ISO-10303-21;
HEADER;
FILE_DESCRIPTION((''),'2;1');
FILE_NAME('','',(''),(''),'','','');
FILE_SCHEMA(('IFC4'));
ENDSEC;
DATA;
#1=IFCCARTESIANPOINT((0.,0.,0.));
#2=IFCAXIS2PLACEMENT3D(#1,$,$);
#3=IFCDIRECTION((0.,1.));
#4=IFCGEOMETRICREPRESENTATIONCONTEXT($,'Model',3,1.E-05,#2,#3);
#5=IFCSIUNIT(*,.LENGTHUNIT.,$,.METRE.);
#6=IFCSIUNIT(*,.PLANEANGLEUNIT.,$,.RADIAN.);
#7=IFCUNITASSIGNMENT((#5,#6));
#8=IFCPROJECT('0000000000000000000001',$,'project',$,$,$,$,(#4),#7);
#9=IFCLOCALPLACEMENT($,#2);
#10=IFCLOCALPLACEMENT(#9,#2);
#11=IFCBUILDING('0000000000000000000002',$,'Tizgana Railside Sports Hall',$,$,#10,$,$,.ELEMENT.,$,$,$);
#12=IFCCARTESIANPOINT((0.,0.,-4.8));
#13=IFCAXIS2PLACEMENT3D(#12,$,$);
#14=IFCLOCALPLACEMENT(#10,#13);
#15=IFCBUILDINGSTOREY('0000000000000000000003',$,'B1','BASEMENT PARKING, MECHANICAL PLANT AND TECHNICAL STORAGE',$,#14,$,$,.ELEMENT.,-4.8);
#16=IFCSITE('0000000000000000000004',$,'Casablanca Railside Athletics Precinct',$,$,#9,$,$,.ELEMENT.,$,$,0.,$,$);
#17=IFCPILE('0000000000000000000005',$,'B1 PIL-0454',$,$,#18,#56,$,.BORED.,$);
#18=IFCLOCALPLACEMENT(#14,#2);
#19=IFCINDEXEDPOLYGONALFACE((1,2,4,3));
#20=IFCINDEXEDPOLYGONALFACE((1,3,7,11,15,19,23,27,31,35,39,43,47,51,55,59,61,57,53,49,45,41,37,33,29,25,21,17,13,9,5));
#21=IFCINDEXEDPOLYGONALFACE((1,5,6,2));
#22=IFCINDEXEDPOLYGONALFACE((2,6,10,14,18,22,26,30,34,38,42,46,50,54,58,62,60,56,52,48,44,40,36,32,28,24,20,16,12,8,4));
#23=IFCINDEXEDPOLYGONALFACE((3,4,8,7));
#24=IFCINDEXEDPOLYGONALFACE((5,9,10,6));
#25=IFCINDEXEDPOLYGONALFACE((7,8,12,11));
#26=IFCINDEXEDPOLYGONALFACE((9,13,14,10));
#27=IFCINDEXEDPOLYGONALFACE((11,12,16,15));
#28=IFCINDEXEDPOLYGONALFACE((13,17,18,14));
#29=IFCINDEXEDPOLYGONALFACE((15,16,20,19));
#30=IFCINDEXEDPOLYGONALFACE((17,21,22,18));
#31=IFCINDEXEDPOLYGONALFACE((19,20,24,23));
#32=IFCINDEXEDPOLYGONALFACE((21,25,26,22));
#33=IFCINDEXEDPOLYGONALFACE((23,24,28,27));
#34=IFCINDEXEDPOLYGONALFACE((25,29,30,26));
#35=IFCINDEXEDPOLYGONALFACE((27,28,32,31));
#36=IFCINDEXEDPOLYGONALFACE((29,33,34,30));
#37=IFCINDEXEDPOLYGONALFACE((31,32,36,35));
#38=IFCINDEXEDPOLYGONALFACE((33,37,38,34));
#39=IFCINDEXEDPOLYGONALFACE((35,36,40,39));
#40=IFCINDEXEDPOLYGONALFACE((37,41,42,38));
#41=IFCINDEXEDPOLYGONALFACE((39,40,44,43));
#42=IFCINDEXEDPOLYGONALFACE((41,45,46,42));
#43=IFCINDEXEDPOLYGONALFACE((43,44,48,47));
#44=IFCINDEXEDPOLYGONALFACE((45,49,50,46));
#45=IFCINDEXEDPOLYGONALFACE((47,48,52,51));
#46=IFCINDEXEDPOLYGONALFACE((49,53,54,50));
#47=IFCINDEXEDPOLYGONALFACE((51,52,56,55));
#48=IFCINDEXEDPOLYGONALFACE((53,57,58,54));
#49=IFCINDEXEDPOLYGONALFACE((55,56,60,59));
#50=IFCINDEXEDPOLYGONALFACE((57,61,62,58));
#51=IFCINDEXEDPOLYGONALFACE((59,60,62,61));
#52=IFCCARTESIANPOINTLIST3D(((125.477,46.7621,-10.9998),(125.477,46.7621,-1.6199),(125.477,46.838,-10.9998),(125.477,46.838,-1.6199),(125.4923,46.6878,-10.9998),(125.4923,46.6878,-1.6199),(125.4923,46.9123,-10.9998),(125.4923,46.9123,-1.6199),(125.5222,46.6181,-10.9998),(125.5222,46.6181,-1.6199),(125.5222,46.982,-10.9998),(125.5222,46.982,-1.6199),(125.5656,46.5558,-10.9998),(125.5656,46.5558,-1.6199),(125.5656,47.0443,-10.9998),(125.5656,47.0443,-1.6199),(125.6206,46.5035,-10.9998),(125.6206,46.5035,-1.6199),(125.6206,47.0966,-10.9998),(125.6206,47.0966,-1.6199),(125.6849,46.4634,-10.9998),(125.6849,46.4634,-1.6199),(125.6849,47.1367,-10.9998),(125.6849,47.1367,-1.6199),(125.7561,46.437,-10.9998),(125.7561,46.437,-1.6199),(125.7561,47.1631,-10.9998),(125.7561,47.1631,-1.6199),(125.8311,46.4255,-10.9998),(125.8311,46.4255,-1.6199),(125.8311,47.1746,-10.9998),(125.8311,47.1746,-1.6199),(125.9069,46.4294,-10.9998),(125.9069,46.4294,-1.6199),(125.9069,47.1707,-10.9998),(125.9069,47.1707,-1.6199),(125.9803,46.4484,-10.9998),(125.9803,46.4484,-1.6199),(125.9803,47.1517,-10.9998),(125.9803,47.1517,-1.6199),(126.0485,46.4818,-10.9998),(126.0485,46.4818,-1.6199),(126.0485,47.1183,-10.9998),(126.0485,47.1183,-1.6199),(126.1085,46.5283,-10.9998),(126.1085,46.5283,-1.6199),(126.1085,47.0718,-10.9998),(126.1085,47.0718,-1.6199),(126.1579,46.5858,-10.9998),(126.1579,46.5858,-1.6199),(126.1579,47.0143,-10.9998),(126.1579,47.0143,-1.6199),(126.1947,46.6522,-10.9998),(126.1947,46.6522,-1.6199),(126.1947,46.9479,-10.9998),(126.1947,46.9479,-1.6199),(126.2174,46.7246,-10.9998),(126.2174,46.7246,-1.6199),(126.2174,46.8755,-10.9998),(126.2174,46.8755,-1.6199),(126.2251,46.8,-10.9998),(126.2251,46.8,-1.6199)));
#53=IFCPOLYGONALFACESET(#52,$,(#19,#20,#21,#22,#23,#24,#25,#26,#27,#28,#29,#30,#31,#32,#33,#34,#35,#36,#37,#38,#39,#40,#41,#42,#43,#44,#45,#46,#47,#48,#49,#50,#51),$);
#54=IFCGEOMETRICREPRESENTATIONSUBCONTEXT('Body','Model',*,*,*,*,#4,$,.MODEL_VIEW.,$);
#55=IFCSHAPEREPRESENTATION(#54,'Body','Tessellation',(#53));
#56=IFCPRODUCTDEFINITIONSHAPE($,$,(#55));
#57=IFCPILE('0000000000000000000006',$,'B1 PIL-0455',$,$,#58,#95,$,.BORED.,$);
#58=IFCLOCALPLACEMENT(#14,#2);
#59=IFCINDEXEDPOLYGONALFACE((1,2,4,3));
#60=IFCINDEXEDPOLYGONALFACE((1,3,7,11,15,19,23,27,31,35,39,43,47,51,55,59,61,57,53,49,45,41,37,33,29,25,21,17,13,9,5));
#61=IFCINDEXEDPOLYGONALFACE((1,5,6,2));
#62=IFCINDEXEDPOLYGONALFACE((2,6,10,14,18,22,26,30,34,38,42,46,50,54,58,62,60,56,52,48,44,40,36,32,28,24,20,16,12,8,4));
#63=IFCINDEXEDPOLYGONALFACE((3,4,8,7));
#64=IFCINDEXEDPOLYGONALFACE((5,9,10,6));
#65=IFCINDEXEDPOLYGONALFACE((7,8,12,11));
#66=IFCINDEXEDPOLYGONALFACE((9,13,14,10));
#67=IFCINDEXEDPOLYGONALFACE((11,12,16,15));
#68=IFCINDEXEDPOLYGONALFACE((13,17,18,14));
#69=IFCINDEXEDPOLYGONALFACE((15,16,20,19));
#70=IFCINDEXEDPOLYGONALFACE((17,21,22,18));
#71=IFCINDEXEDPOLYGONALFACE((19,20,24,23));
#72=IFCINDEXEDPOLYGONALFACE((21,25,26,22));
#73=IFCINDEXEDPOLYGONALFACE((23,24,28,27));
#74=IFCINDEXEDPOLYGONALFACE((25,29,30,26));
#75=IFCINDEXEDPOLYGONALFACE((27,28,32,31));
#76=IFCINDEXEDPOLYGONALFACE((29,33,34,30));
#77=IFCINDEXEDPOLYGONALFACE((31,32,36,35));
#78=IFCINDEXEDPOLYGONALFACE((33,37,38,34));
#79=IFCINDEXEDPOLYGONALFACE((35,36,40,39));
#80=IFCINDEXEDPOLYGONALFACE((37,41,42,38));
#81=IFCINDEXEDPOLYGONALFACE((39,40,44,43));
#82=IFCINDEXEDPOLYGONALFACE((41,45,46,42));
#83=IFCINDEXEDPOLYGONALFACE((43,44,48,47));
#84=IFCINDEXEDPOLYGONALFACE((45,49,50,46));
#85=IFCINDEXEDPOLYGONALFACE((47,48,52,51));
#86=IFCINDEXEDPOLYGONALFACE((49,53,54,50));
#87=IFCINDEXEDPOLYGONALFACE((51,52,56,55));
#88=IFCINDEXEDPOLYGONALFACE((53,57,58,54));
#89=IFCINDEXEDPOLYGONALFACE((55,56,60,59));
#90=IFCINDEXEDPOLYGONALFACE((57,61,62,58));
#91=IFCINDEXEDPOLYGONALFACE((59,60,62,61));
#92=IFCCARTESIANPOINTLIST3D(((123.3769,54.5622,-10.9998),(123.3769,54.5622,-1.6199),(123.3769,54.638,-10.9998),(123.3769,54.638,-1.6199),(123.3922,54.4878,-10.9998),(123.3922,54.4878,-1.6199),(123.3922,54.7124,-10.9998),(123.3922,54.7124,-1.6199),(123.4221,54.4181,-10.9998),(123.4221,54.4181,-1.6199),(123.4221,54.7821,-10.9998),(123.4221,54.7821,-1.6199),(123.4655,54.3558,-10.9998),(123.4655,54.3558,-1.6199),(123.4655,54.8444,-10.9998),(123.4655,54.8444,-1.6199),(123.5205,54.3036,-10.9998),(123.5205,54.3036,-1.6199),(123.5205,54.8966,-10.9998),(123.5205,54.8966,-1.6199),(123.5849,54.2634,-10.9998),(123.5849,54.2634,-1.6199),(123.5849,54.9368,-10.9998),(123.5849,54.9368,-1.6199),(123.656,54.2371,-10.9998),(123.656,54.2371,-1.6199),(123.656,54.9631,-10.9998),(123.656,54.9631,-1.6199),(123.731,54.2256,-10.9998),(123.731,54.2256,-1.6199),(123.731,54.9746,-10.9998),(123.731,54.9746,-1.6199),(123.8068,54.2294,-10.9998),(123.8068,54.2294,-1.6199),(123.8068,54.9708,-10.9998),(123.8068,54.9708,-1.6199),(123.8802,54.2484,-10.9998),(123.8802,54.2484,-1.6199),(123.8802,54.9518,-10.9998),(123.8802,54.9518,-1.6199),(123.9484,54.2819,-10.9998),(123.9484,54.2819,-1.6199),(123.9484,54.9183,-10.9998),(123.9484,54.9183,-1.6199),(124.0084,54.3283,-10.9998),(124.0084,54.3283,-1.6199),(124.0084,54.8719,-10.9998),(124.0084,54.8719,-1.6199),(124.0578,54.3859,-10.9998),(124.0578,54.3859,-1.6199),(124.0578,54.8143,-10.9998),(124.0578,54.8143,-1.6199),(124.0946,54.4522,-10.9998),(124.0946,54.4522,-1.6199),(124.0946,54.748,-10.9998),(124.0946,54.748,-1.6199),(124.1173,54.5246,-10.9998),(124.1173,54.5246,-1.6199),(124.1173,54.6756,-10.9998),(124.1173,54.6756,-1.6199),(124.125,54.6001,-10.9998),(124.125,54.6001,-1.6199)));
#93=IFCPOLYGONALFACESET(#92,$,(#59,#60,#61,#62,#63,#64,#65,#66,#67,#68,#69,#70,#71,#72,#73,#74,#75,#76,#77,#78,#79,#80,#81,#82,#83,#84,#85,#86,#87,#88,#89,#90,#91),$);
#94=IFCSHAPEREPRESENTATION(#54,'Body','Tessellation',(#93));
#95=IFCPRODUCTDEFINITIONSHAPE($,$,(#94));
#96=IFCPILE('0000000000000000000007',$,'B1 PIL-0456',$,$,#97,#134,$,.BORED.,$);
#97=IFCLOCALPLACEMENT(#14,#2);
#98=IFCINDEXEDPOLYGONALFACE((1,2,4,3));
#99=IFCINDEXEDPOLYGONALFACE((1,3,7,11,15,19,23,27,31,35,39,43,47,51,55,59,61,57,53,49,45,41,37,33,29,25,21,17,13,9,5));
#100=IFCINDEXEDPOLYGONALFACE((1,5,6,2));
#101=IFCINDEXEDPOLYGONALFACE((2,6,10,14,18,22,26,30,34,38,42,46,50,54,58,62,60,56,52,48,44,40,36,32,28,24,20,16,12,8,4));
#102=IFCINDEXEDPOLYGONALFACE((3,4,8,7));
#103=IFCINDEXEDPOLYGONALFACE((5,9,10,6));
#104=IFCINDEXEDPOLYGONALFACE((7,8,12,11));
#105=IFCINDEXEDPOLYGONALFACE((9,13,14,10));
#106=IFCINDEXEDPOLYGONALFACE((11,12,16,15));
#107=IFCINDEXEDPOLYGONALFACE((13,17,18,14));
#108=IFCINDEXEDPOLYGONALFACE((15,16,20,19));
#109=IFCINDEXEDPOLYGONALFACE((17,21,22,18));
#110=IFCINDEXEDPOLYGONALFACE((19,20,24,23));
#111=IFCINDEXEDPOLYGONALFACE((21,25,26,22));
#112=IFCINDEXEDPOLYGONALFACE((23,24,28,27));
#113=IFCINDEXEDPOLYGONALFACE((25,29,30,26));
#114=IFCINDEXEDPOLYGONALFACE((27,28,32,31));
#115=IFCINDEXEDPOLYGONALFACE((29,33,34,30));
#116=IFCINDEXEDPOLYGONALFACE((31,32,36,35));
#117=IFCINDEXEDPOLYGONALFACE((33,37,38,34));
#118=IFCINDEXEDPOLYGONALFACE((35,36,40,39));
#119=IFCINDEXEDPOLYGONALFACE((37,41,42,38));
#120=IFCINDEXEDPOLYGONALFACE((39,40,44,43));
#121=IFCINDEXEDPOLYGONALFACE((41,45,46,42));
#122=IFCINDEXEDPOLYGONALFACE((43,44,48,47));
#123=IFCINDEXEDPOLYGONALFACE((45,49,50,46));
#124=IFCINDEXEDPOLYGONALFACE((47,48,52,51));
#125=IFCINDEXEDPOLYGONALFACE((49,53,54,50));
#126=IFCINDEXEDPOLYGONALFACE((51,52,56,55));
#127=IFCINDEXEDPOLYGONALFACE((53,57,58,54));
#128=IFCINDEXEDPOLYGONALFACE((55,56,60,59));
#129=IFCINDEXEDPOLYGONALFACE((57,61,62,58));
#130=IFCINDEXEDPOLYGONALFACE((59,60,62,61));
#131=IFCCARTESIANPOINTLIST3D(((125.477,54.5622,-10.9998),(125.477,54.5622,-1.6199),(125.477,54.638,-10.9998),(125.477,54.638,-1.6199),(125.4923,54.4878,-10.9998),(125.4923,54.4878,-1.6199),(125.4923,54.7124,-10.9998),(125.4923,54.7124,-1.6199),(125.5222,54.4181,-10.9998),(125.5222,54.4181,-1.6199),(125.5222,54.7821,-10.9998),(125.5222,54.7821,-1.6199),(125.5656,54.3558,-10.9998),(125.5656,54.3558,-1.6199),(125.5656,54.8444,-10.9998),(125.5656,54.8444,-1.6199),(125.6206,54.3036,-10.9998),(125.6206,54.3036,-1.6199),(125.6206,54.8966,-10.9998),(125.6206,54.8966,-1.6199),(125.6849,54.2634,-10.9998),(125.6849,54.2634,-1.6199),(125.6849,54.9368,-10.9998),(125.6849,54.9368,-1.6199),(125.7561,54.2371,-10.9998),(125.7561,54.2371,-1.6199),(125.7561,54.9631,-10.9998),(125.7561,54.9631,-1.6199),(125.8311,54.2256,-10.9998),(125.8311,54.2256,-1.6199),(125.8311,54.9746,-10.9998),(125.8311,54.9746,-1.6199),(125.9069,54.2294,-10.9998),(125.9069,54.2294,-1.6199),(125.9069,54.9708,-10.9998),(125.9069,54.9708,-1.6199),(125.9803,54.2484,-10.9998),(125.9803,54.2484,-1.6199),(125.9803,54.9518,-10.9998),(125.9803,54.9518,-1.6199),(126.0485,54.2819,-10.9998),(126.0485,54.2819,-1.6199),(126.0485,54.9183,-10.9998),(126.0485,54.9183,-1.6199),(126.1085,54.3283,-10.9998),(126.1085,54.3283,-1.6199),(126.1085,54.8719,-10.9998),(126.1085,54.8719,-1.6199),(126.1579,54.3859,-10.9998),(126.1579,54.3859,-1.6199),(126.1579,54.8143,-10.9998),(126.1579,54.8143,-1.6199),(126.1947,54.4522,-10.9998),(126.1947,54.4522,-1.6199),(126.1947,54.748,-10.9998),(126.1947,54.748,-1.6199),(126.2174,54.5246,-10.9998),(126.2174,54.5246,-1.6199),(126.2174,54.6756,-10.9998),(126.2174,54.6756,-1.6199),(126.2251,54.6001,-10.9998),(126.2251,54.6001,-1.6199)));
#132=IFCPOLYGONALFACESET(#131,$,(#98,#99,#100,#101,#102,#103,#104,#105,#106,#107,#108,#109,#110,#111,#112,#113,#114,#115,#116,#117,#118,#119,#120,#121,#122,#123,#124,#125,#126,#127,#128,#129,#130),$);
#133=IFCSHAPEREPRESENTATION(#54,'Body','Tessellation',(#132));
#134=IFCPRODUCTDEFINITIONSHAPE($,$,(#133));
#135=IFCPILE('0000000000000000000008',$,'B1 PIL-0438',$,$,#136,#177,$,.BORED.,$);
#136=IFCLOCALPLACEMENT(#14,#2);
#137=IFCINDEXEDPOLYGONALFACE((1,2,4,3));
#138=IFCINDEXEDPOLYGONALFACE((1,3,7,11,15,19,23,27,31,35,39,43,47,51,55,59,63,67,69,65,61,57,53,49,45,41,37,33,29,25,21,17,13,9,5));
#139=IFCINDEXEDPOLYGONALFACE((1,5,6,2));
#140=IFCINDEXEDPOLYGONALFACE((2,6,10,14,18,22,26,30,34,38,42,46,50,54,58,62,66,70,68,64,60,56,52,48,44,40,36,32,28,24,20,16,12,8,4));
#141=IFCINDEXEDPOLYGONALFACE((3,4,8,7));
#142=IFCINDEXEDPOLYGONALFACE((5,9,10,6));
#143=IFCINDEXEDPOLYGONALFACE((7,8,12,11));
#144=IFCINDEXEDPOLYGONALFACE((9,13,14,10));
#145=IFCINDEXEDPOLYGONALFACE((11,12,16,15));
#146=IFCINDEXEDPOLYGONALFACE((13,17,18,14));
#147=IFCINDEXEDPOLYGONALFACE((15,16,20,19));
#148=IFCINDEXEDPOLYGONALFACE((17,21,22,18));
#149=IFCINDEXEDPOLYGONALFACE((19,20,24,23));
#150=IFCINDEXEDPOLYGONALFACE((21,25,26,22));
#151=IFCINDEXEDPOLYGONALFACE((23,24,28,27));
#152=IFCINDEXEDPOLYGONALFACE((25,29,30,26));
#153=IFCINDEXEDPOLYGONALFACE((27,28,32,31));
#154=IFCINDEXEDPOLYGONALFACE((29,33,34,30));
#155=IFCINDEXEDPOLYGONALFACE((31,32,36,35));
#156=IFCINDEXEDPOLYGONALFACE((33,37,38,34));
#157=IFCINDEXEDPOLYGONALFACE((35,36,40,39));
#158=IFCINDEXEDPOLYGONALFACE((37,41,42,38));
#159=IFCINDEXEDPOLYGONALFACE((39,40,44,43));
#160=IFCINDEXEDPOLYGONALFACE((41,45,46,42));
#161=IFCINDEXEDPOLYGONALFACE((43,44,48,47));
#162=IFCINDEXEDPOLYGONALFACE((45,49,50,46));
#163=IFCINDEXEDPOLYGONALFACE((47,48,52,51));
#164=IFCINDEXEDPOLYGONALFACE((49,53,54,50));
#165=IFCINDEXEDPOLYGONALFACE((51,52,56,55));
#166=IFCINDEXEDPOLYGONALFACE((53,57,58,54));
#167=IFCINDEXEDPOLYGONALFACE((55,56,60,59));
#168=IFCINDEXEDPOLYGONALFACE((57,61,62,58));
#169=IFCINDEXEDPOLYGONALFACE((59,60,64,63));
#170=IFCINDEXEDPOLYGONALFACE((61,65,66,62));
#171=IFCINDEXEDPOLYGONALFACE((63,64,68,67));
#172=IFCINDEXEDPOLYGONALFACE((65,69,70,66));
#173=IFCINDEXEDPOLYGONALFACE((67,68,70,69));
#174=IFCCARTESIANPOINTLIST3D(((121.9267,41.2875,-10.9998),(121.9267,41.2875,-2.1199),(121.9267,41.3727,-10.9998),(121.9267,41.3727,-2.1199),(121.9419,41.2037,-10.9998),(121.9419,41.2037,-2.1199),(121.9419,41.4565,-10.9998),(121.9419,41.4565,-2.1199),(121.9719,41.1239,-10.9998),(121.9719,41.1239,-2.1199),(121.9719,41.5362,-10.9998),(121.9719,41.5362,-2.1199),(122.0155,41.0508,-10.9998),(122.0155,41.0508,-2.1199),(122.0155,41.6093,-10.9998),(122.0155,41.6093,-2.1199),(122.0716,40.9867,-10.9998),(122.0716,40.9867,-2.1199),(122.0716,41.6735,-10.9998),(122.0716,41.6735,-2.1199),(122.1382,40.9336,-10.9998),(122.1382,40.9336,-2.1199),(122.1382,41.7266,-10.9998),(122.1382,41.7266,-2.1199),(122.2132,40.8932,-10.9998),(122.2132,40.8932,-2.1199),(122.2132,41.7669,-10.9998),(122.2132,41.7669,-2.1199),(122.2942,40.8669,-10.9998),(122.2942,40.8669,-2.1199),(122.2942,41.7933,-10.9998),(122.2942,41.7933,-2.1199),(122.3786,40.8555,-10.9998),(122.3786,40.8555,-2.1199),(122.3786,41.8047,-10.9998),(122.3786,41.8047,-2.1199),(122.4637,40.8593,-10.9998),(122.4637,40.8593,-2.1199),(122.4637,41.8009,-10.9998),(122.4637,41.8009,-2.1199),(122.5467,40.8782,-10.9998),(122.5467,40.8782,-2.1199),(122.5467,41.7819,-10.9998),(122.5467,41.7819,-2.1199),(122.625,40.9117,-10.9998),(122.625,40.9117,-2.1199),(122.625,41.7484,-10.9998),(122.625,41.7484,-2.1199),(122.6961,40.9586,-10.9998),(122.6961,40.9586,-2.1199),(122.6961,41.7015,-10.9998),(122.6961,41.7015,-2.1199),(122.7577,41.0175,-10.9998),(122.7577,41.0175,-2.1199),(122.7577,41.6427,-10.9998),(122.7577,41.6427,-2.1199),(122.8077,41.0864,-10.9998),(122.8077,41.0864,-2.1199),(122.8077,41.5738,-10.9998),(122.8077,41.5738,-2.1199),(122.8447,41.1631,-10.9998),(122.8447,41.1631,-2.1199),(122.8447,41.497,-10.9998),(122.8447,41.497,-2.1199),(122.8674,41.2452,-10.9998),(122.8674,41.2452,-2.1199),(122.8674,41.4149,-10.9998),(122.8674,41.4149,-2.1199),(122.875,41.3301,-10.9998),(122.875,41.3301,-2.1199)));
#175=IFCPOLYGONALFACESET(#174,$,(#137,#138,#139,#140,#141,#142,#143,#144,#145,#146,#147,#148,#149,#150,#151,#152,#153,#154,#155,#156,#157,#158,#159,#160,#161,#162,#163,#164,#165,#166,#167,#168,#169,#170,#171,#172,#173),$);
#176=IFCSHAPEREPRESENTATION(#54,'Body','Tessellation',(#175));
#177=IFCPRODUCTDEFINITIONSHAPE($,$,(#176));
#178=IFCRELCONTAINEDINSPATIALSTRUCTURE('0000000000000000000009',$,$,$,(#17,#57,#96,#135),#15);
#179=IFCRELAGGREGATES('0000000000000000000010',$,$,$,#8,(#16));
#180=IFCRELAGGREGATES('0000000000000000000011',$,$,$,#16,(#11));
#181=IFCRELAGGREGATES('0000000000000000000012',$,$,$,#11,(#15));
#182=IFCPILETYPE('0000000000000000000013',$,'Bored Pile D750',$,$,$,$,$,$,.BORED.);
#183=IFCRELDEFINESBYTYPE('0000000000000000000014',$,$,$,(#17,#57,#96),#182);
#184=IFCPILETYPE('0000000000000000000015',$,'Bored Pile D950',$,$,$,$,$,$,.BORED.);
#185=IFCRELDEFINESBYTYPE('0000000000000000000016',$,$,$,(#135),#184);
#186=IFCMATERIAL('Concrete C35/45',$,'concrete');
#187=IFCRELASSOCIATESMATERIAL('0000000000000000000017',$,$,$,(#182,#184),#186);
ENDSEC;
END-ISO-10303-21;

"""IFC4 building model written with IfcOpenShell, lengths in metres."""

from ifc_helpers import new_model, si_unit, direction, frame, origin, origin_2d, place, context, subcontext, project, spatial, circle, extrude, material, material_profile, profile_set, type_object, element, save


model = new_model("IFC4")

# Units and contexts
model_context = context("Model", 3, precision=1e-05, world=origin(), true_north=direction((0.0, 1.0)))
body_context = subcontext(model_context, "Body", "Model", "MODEL_VIEW")
ifc_project = project(units=[si_unit("LENGTHUNIT", "METRE"), si_unit("PLANEANGLEUNIT", "RADIAN")], contexts=[model_context])

# Site, building, storey
site_placement = place(None, origin())
site = spatial("IfcSite", under=ifc_project, at=site_placement, Name="Casablanca Railside Athletics Precinct", CompositionType="ELEMENT", RefElevation=0.0)
building_placement = place(site_placement, origin())
building = spatial("IfcBuilding", under=site, at=building_placement, Name="Tizgana Railside Sports Hall", CompositionType="ELEMENT")
storey_placement = place(building_placement, frame((0.0, 0.0, -4.8)))
storey = spatial("IfcBuildingStorey", under=building, at=storey_placement, Name="B1", Description="BASEMENT PARKING, MECHANICAL PLANT AND TECHNICAL STORAGE", CompositionType="ELEMENT", Elevation=-4.8)

# Piles
ifc_material_1 = material(Name="Concrete C35/45", Category="concrete")
ifc_material_profile_1 = material_profile(ifc_material_1, circle(Radius=0.375, at=origin_2d()), Name="PILE D750")
ifc_profile_set_1 = profile_set([ifc_material_profile_1], Name="Concrete C35/45")
pile_type_1 = type_object("IfcPileType", Name="Bored Pile D750", PredefinedType="BORED", material=ifc_profile_set_1)
for number, where, z_axis, x_axis, name in (
    (1, (125.8501, 46.8, -1.6199), (0.0, 0.0, -1.0), (1.0, 0.0, 0.0), "B1 PIL-0454"),
    (2, (123.75, 54.6001, -1.6199), (0.0, 0.0, -1.0), (1.0, 0.0, 0.0), "B1 PIL-0455"),
    (3, (125.8501, 54.6001, -1.6199), (0.0, 0.0, -1.0), (1.0, 0.0, 0.0), "B1 PIL-0456"),
):
    element("IfcPile", number, at=place(storey_placement, frame(where, z_axis=z_axis, x_axis=x_axis)), inside=storey, type_object=pile_type_1, Name=name, PredefinedType="BORED", context=body_context, shape_type="SweptSolid", body=[
        extrude(circle(Radius=0.375, at=origin_2d()), origin(), (0.0, 0.0, 1.0), 9.3799),
    ])
ifc_material_profile_2 = material_profile(ifc_material_1, circle(Radius=0.4751, at=origin_2d()), Name="PILE D950")
ifc_profile_set_2 = profile_set([ifc_material_profile_2], Name="Concrete C35/45")
pile_type_2 = type_object("IfcPileType", Name="Bored Pile D950", PredefinedType="BORED", material=ifc_profile_set_2)
for number, where, z_axis, x_axis, name in (
    (4, (122.3999, 41.3301, -2.1199), (0.0, 0.0, -1.0), (1.0, 0.0, 0.0), "B1 PIL-0438"),
):
    element("IfcPile", number, at=place(storey_placement, frame(where, z_axis=z_axis, x_axis=x_axis)), inside=storey, type_object=pile_type_2, Name=name, PredefinedType="BORED", context=body_context, shape_type="SweptSolid", body=[
        extrude(circle(Radius=0.4751, at=origin_2d()), origin(), (0.0, 0.0, 1.0), 8.8799),
    ])

save(model, "model.ifc")
